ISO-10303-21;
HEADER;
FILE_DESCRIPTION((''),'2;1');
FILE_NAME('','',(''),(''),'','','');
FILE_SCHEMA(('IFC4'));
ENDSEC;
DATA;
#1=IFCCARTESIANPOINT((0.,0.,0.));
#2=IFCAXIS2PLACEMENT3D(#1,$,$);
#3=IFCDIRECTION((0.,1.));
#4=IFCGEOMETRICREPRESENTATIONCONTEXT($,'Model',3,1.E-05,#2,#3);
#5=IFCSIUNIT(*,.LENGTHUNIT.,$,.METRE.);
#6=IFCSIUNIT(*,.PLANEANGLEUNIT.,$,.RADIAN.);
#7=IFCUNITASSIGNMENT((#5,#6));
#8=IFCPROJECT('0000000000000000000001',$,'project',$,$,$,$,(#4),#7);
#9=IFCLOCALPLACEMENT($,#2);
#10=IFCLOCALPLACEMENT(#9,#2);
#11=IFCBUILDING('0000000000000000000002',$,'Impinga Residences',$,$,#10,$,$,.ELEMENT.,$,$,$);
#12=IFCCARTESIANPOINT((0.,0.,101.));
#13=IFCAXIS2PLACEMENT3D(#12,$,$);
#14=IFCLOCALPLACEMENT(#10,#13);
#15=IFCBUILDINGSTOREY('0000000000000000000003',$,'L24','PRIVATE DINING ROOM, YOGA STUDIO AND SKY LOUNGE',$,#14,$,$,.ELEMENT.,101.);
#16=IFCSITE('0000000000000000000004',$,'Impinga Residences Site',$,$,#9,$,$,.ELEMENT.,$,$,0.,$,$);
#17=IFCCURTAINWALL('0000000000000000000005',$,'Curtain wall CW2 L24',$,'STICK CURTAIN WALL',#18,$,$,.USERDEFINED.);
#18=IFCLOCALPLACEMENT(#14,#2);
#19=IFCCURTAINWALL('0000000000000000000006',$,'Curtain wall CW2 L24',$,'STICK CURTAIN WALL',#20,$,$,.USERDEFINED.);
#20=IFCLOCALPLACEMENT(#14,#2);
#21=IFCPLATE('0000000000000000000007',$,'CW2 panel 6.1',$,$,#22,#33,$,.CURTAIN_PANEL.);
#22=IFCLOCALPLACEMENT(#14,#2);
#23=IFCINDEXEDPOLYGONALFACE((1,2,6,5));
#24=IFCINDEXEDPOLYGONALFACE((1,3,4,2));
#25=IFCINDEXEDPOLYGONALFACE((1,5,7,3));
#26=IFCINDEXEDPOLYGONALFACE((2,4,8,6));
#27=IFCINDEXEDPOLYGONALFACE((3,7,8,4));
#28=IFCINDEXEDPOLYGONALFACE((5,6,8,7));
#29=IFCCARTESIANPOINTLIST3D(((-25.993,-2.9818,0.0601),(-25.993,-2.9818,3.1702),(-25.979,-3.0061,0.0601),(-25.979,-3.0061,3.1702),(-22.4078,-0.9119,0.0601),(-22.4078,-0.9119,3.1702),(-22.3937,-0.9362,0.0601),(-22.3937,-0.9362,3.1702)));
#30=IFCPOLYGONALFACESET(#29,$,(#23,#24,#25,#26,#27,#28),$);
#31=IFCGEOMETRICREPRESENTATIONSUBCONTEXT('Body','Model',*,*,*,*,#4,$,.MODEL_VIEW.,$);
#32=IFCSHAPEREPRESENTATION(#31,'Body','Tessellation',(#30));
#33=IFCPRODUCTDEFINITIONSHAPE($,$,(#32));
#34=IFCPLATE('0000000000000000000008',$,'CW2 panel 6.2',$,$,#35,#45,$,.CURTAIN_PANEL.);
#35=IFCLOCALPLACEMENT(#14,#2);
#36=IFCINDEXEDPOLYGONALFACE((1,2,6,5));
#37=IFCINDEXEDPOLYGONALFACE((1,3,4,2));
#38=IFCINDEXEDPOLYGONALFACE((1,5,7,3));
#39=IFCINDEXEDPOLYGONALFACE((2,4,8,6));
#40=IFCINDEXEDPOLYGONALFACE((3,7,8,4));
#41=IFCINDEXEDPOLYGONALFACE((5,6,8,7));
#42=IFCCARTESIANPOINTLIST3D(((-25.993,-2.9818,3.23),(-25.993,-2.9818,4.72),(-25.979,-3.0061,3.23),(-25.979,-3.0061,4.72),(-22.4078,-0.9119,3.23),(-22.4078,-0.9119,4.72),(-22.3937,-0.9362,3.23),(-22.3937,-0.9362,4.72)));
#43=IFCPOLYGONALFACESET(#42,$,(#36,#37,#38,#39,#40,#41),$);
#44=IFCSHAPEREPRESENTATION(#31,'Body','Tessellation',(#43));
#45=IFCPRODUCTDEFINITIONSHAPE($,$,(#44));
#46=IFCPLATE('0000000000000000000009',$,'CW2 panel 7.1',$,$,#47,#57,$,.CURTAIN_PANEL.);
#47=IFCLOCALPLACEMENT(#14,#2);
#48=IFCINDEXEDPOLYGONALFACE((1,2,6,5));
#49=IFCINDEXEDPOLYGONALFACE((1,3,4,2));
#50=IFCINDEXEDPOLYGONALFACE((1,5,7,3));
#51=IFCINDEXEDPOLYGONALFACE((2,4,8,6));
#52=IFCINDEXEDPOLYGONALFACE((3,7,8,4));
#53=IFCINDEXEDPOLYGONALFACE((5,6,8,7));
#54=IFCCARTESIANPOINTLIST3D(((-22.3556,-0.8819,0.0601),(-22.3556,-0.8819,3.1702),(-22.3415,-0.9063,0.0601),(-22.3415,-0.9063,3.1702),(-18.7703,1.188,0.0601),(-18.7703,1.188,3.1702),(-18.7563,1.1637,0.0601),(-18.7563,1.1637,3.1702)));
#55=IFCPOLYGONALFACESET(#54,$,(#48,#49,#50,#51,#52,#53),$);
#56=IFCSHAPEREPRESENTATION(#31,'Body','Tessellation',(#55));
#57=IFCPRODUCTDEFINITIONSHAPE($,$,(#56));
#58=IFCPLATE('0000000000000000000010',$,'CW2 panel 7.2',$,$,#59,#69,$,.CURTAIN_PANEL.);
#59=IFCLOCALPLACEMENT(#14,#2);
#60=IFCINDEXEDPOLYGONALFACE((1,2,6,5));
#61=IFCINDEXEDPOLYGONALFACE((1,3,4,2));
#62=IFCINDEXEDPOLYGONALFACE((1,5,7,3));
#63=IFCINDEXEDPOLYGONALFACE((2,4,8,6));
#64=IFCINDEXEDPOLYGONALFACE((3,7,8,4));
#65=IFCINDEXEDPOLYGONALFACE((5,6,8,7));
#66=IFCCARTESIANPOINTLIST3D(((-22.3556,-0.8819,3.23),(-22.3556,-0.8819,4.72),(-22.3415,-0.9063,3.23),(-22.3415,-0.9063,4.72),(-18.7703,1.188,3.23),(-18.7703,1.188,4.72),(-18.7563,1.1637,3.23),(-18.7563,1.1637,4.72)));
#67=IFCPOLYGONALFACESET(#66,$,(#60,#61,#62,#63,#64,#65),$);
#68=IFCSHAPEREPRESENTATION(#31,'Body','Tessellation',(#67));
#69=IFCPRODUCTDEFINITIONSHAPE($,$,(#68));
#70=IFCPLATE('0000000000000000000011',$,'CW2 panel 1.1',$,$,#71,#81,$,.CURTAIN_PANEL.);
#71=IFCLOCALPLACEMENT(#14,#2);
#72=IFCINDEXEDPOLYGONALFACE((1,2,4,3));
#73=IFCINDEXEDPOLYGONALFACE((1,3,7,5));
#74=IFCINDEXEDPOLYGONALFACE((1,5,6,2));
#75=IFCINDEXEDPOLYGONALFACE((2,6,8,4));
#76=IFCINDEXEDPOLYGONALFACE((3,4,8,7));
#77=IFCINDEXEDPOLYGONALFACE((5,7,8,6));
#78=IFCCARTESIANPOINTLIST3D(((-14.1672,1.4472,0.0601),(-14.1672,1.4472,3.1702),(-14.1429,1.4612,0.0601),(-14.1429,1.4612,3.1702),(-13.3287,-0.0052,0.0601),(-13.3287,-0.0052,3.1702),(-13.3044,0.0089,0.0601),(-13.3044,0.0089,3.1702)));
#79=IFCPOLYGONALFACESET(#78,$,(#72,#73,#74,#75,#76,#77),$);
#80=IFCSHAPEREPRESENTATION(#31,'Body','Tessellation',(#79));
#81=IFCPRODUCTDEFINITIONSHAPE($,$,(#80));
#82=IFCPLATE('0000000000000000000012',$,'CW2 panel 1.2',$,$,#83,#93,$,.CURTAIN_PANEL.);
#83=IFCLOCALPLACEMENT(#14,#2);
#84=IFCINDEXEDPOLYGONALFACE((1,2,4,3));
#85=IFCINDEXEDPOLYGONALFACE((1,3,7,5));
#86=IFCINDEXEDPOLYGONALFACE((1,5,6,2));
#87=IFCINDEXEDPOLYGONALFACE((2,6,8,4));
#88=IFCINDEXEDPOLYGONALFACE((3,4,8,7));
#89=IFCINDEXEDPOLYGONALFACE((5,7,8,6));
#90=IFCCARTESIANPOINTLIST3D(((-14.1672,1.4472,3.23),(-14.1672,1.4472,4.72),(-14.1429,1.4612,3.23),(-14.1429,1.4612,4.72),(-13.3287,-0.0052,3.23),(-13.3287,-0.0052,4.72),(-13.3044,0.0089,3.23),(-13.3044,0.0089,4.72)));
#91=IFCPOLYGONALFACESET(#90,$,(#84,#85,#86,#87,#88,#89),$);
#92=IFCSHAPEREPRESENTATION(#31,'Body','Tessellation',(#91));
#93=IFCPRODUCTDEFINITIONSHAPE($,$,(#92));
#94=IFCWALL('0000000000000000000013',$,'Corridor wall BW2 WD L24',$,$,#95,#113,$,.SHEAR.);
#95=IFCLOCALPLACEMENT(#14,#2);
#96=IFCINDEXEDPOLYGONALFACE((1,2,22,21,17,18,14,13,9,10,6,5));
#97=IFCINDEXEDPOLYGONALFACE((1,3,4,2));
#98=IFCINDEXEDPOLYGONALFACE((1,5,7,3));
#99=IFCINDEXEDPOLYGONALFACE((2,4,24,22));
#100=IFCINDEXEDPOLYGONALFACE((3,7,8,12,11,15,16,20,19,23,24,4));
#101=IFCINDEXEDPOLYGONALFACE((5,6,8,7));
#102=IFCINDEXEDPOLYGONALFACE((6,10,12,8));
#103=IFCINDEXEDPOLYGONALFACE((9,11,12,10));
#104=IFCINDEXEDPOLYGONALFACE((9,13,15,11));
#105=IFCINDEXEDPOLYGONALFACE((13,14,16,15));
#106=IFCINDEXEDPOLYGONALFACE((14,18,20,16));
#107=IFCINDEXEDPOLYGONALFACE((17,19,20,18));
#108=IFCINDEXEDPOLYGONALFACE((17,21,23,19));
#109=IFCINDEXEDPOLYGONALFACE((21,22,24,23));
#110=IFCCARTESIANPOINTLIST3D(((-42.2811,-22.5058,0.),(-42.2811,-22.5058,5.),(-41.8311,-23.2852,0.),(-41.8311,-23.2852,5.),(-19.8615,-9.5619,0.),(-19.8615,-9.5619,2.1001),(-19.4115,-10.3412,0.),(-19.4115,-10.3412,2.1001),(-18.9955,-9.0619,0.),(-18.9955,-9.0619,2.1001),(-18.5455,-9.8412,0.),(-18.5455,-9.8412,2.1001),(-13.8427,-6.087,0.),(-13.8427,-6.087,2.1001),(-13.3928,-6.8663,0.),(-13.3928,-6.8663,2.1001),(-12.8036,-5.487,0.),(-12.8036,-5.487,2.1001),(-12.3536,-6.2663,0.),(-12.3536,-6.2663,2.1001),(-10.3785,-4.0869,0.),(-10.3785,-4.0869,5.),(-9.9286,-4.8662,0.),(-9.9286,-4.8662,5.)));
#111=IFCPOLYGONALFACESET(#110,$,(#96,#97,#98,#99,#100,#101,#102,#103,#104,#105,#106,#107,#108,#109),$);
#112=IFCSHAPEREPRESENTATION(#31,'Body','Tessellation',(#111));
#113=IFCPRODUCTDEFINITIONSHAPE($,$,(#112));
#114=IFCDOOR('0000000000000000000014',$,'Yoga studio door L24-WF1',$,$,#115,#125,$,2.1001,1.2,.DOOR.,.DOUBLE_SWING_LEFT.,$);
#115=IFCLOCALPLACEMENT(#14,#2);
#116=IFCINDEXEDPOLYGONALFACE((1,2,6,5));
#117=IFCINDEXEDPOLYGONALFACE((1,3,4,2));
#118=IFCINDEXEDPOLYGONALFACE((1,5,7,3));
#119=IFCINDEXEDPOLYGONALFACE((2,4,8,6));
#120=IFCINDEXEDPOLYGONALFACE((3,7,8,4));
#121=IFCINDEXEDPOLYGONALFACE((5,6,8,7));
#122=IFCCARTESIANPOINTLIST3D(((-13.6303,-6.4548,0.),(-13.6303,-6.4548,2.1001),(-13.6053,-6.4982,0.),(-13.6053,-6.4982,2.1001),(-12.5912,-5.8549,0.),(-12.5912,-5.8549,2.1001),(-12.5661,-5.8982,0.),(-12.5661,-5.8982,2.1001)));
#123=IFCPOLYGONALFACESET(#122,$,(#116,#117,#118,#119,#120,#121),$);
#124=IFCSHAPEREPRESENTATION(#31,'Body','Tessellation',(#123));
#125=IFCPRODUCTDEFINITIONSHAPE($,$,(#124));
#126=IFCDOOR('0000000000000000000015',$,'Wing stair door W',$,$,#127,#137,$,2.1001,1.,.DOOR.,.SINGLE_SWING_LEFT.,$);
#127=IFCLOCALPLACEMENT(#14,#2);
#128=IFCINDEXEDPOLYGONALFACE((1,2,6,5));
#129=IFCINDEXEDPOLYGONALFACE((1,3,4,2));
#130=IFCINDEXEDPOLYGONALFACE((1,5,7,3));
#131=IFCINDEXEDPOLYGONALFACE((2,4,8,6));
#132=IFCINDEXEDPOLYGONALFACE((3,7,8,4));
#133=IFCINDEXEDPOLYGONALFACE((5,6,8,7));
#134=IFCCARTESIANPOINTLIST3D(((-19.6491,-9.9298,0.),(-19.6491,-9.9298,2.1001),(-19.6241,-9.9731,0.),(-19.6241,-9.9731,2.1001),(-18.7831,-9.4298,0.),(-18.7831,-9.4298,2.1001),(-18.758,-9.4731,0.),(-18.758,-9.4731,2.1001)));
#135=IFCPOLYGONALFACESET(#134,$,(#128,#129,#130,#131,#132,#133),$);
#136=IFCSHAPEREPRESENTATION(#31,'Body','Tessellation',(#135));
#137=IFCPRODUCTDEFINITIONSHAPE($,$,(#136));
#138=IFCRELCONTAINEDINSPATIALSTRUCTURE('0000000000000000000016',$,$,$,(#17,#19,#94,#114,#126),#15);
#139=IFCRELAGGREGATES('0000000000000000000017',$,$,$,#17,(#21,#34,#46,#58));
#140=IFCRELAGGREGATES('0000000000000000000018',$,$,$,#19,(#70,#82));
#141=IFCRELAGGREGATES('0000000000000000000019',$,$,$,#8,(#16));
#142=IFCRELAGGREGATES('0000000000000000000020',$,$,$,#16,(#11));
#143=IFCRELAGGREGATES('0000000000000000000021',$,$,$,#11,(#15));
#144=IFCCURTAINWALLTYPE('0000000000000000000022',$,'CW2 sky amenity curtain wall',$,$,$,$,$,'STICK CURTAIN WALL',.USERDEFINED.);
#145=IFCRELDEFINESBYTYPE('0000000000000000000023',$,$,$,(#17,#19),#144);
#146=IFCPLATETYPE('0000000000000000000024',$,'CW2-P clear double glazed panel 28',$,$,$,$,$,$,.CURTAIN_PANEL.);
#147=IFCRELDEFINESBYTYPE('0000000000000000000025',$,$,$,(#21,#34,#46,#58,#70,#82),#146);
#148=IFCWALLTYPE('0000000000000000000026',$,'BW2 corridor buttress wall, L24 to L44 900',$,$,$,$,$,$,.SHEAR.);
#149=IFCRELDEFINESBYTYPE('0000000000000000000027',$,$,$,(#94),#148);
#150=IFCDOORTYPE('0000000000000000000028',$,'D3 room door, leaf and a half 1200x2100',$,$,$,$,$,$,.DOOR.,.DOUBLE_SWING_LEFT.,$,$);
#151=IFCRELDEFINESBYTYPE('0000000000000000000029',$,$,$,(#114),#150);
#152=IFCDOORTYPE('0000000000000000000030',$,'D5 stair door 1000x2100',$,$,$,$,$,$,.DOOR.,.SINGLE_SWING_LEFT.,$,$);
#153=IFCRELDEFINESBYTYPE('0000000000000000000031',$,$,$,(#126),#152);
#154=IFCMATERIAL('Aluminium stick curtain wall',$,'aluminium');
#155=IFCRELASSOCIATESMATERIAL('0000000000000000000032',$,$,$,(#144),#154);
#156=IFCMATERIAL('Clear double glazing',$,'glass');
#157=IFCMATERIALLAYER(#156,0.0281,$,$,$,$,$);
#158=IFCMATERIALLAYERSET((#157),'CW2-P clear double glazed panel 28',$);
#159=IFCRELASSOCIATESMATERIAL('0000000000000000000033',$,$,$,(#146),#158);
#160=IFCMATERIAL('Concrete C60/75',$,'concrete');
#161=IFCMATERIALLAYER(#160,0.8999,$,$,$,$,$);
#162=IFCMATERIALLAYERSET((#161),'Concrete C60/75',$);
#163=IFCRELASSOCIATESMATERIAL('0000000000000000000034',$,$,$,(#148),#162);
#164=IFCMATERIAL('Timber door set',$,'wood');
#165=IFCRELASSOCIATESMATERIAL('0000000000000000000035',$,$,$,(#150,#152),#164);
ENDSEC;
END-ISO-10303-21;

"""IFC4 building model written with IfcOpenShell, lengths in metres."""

from ifc_helpers import new_model, si_unit, direction, frame, frame_2d, origin, origin_2d, place, context, subcontext, project, spatial, rectangle, extrude, material, layer, layer_set, type_object, element, fill, aggregate, save


model = new_model("IFC4")

# Units and contexts
model_context = context("Model", 3, precision=1e-05, world=origin(), true_north=direction((0.0, 1.0)))
body_context = subcontext(model_context, "Body", "Model", "MODEL_VIEW")
ifc_project = project(units=[si_unit("LENGTHUNIT", "METRE"), si_unit("PLANEANGLEUNIT", "RADIAN")], contexts=[model_context])

# Site, building, storey
site_placement = place(None, origin())
site = spatial("IfcSite", under=ifc_project, at=site_placement, Name="Impinga Residences Site", CompositionType="ELEMENT", RefElevation=0.0)
building_placement = place(site_placement, origin())
building = spatial("IfcBuilding", under=site, at=building_placement, Name="Impinga Residences", CompositionType="ELEMENT")
storey_placement = place(building_placement, frame((0.0, 0.0, 101.0)))
storey = spatial("IfcBuildingStorey", under=building, at=storey_placement, Name="L24", Description="PRIVATE DINING ROOM, YOGA STUDIO AND SKY LOUNGE", CompositionType="ELEMENT", Elevation=101.0)

# Shared definitions
ifc_material_1 = material(Name="Concrete C60/75", Category="concrete")

# Curtain wall
ifc_material_2 = material(Name="Aluminium stick curtain wall", Category="aluminium")
curtain_wall_type = type_object("IfcCurtainWallType", Name="CW2 sky amenity curtain wall", ElementType="STICK CURTAIN WALL", PredefinedType="USERDEFINED", material=ifc_material_2)
curtain_wall_1_placement = place(storey_placement, origin())
curtain_wall_1 = element("IfcCurtainWall", 1, at=curtain_wall_1_placement, inside=storey, type_object=curtain_wall_type, Name="Curtain wall CW2 L24", ObjectType="STICK CURTAIN WALL", PredefinedType="USERDEFINED")

# Curtain wall
curtain_wall_2_placement = place(storey_placement, origin())
curtain_wall_2 = element("IfcCurtainWall", 2, at=curtain_wall_2_placement, inside=storey, type_object=curtain_wall_type, Name="Curtain wall CW2 L24", ObjectType="STICK CURTAIN WALL", PredefinedType="USERDEFINED")

# Plates
ifc_material_3 = material(Name="Clear double glazing", Category="glass")
ifc_layer_1 = layer(ifc_material_3, 0.0281)
ifc_layer_set_1 = layer_set([ifc_layer_1], Name="CW2-P clear double glazed panel 28")
plate_type = type_object("IfcPlateType", Name="CW2-P clear double glazed panel 28", PredefinedType="CURTAIN_PANEL", material=ifc_layer_set_1)
plate_1_placement = place(storey_placement, frame((-24.1934, -1.959, 0.0601), z_axis=(0.0, 0.0, 1.0), x_axis=(0.866025, 0.5, 0.0)))
plate_1 = element("IfcPlate", 3, at=plate_1_placement, type_object=plate_type, Name="CW2 panel 6.1", PredefinedType="CURTAIN_PANEL", context=body_context, shape_type="SweptSolid", body=[
    extrude(rectangle(XDim=4.1399, YDim=0.0281, at=origin_2d()), origin(), (0.0, 0.0, 1.0), 3.1101),
])
plate_2_placement = place(storey_placement, frame((-24.1934, -1.959, 3.23), z_axis=(0.0, 0.0, 1.0), x_axis=(0.866025, 0.5, 0.0)))
plate_2 = element("IfcPlate", 4, at=plate_2_placement, type_object=plate_type, Name="CW2 panel 6.2", PredefinedType="CURTAIN_PANEL", context=body_context, shape_type="SweptSolid", body=[
    extrude(rectangle(XDim=4.1399, YDim=0.0281, at=origin_2d()), origin(), (0.0, 0.0, 1.0), 1.49),
])
plate_3_placement = place(storey_placement, frame((-20.5559, 0.1409, 0.0601), z_axis=(0.0, 0.0, 1.0), x_axis=(0.866025, 0.5, 0.0)))
plate_3 = element("IfcPlate", 5, at=plate_3_placement, type_object=plate_type, Name="CW2 panel 7.1", PredefinedType="CURTAIN_PANEL", context=body_context, shape_type="SweptSolid", body=[
    extrude(rectangle(XDim=4.1399, YDim=0.0281, at=origin_2d()), origin(), (0.0, 0.0, 1.0), 3.1101),
])
plate_4_placement = place(storey_placement, frame((-20.5559, 0.1409, 3.23), z_axis=(0.0, 0.0, 1.0), x_axis=(0.866025, 0.5, 0.0)))
plate_4 = element("IfcPlate", 6, at=plate_4_placement, type_object=plate_type, Name="CW2 panel 7.2", PredefinedType="CURTAIN_PANEL", context=body_context, shape_type="SweptSolid", body=[
    extrude(rectangle(XDim=4.1399, YDim=0.0281, at=origin_2d()), origin(), (0.0, 0.0, 1.0), 1.49),
])
aggregate(curtain_wall_1, [plate_1, plate_2, plate_3, plate_4])
plate_5_placement = place(storey_placement, frame((-13.7358, 0.728, 0.0601), z_axis=(0.0, 0.0, 1.0), x_axis=(0.5, -0.866025, 0.0)))
plate_5 = element("IfcPlate", 7, at=plate_5_placement, type_object=plate_type, Name="CW2 panel 1.1", PredefinedType="CURTAIN_PANEL", context=body_context, shape_type="SweptSolid", body=[
    extrude(rectangle(XDim=1.677, YDim=0.0281, at=origin_2d()), origin(), (0.0, 0.0, 1.0), 3.1101),
])
plate_6_placement = place(storey_placement, frame((-13.7358, 0.728, 3.23), z_axis=(0.0, 0.0, 1.0), x_axis=(0.5, -0.866025, 0.0)))
plate_6 = element("IfcPlate", 8, at=plate_6_placement, type_object=plate_type, Name="CW2 panel 1.2", PredefinedType="CURTAIN_PANEL", context=body_context, shape_type="SweptSolid", body=[
    extrude(rectangle(XDim=1.677, YDim=0.0281, at=origin_2d()), origin(), (0.0, 0.0, 1.0), 1.49),
])
aggregate(curtain_wall_2, [plate_5, plate_6])

# Wall, openings, doors
ifc_layer_2 = layer(ifc_material_1, 0.8999)
ifc_layer_set_2 = layer_set([ifc_layer_2], Name="Concrete C60/75")
wall_type = type_object("IfcWallType", Name="BW2 corridor buttress wall, L24 to L44 900", PredefinedType="SHEAR", material=ifc_layer_set_2)
wall_placement = place(storey_placement, frame((-10.1536, -4.4766, 0.0), z_axis=(0.0, 0.0, 1.0), x_axis=(-0.866026, -0.5, 0.0)))
wall = element("IfcWall", 9, at=wall_placement, inside=storey, type_object=wall_type, Name="Corridor wall BW2 WD L24", PredefinedType="SHEAR", context=body_context, shape_type="SweptSolid", body=[
    extrude(rectangle(XDim=36.8379, YDim=0.8999, at=frame_2d((18.4189, 0.0))), origin(), (0.0, 0.0, 1.0), 5.0),
])
opening_1_placement = place(wall_placement, frame((9.95, 0.0, 0.0)))
opening_1 = element("IfcOpeningElement", 10, at=opening_1_placement, cuts=wall, PredefinedType="OPENING", context=body_context, shape_type="SweptSolid", body=[
    extrude(rectangle(XDim=1.0, YDim=2.1001, at=frame_2d((0.5, 1.05))), frame((0.0, 0.46, 0.0), z_axis=(0.0, -1.0, 0.0), x_axis=(1.0, 0.0, 0.0)), (0.0, 0.0, 1.0), 0.9199),
])
opening_2_placement = place(wall_placement, frame((2.8, 0.0, 0.0)))
opening_2 = element("IfcOpeningElement", 11, at=opening_2_placement, cuts=wall, PredefinedType="OPENING", context=body_context, shape_type="SweptSolid", body=[
    extrude(rectangle(XDim=1.2, YDim=2.1001, at=frame_2d((0.6001, 1.05))), frame((0.0, 0.46, 0.0), z_axis=(0.0, -1.0, 0.0), x_axis=(1.0, 0.0, 0.0)), (0.0, 0.0, 1.0), 0.9199),
])
ifc_material_4 = material(Name="Timber door set", Category="wood")
door_type_1 = type_object("IfcDoorType", Name="D3 room door, leaf and a half 1200x2100", OperationType="DOUBLE_SWING_LEFT", PredefinedType="DOOR", material=ifc_material_4)
door_1_placement = place(opening_2_placement, origin())
door_1 = element("IfcDoor", 12, at=door_1_placement, inside=storey, type_object=door_type_1, Name="Yoga studio door L24-WF1", OperationType="DOUBLE_SWING_LEFT", OverallHeight=2.1001, OverallWidth=1.2, PredefinedType="DOOR", context=body_context, shape_type="SweptSolid", body=[
    extrude(rectangle(XDim=1.2, YDim=2.1001, at=frame_2d((0.6001, 1.05))), frame((0.0, 0.0249, 0.0), z_axis=(0.0, -1.0, 0.0), x_axis=(1.0, 0.0, 0.0)), (0.0, 0.0, 1.0), 0.05),
])
fill(opening_2, door_1)
door_type_2 = type_object("IfcDoorType", Name="D5 stair door 1000x2100", OperationType="SINGLE_SWING_LEFT", PredefinedType="DOOR", material=ifc_material_4)
door_2_placement = place(opening_1_placement, origin())
door_2 = element("IfcDoor", 13, at=door_2_placement, inside=storey, type_object=door_type_2, Name="Wing stair door W", OperationType="SINGLE_SWING_LEFT", OverallHeight=2.1001, OverallWidth=1.0, PredefinedType="DOOR", context=body_context, shape_type="SweptSolid", body=[
    extrude(rectangle(XDim=1.0, YDim=2.1001, at=frame_2d((0.5, 1.05))), frame((0.0, 0.0249, 0.0), z_axis=(0.0, -1.0, 0.0), x_axis=(1.0, 0.0, 0.0)), (0.0, 0.0, 1.0), 0.05),
])
fill(opening_1, door_2)

save(model, "model.ifc")
